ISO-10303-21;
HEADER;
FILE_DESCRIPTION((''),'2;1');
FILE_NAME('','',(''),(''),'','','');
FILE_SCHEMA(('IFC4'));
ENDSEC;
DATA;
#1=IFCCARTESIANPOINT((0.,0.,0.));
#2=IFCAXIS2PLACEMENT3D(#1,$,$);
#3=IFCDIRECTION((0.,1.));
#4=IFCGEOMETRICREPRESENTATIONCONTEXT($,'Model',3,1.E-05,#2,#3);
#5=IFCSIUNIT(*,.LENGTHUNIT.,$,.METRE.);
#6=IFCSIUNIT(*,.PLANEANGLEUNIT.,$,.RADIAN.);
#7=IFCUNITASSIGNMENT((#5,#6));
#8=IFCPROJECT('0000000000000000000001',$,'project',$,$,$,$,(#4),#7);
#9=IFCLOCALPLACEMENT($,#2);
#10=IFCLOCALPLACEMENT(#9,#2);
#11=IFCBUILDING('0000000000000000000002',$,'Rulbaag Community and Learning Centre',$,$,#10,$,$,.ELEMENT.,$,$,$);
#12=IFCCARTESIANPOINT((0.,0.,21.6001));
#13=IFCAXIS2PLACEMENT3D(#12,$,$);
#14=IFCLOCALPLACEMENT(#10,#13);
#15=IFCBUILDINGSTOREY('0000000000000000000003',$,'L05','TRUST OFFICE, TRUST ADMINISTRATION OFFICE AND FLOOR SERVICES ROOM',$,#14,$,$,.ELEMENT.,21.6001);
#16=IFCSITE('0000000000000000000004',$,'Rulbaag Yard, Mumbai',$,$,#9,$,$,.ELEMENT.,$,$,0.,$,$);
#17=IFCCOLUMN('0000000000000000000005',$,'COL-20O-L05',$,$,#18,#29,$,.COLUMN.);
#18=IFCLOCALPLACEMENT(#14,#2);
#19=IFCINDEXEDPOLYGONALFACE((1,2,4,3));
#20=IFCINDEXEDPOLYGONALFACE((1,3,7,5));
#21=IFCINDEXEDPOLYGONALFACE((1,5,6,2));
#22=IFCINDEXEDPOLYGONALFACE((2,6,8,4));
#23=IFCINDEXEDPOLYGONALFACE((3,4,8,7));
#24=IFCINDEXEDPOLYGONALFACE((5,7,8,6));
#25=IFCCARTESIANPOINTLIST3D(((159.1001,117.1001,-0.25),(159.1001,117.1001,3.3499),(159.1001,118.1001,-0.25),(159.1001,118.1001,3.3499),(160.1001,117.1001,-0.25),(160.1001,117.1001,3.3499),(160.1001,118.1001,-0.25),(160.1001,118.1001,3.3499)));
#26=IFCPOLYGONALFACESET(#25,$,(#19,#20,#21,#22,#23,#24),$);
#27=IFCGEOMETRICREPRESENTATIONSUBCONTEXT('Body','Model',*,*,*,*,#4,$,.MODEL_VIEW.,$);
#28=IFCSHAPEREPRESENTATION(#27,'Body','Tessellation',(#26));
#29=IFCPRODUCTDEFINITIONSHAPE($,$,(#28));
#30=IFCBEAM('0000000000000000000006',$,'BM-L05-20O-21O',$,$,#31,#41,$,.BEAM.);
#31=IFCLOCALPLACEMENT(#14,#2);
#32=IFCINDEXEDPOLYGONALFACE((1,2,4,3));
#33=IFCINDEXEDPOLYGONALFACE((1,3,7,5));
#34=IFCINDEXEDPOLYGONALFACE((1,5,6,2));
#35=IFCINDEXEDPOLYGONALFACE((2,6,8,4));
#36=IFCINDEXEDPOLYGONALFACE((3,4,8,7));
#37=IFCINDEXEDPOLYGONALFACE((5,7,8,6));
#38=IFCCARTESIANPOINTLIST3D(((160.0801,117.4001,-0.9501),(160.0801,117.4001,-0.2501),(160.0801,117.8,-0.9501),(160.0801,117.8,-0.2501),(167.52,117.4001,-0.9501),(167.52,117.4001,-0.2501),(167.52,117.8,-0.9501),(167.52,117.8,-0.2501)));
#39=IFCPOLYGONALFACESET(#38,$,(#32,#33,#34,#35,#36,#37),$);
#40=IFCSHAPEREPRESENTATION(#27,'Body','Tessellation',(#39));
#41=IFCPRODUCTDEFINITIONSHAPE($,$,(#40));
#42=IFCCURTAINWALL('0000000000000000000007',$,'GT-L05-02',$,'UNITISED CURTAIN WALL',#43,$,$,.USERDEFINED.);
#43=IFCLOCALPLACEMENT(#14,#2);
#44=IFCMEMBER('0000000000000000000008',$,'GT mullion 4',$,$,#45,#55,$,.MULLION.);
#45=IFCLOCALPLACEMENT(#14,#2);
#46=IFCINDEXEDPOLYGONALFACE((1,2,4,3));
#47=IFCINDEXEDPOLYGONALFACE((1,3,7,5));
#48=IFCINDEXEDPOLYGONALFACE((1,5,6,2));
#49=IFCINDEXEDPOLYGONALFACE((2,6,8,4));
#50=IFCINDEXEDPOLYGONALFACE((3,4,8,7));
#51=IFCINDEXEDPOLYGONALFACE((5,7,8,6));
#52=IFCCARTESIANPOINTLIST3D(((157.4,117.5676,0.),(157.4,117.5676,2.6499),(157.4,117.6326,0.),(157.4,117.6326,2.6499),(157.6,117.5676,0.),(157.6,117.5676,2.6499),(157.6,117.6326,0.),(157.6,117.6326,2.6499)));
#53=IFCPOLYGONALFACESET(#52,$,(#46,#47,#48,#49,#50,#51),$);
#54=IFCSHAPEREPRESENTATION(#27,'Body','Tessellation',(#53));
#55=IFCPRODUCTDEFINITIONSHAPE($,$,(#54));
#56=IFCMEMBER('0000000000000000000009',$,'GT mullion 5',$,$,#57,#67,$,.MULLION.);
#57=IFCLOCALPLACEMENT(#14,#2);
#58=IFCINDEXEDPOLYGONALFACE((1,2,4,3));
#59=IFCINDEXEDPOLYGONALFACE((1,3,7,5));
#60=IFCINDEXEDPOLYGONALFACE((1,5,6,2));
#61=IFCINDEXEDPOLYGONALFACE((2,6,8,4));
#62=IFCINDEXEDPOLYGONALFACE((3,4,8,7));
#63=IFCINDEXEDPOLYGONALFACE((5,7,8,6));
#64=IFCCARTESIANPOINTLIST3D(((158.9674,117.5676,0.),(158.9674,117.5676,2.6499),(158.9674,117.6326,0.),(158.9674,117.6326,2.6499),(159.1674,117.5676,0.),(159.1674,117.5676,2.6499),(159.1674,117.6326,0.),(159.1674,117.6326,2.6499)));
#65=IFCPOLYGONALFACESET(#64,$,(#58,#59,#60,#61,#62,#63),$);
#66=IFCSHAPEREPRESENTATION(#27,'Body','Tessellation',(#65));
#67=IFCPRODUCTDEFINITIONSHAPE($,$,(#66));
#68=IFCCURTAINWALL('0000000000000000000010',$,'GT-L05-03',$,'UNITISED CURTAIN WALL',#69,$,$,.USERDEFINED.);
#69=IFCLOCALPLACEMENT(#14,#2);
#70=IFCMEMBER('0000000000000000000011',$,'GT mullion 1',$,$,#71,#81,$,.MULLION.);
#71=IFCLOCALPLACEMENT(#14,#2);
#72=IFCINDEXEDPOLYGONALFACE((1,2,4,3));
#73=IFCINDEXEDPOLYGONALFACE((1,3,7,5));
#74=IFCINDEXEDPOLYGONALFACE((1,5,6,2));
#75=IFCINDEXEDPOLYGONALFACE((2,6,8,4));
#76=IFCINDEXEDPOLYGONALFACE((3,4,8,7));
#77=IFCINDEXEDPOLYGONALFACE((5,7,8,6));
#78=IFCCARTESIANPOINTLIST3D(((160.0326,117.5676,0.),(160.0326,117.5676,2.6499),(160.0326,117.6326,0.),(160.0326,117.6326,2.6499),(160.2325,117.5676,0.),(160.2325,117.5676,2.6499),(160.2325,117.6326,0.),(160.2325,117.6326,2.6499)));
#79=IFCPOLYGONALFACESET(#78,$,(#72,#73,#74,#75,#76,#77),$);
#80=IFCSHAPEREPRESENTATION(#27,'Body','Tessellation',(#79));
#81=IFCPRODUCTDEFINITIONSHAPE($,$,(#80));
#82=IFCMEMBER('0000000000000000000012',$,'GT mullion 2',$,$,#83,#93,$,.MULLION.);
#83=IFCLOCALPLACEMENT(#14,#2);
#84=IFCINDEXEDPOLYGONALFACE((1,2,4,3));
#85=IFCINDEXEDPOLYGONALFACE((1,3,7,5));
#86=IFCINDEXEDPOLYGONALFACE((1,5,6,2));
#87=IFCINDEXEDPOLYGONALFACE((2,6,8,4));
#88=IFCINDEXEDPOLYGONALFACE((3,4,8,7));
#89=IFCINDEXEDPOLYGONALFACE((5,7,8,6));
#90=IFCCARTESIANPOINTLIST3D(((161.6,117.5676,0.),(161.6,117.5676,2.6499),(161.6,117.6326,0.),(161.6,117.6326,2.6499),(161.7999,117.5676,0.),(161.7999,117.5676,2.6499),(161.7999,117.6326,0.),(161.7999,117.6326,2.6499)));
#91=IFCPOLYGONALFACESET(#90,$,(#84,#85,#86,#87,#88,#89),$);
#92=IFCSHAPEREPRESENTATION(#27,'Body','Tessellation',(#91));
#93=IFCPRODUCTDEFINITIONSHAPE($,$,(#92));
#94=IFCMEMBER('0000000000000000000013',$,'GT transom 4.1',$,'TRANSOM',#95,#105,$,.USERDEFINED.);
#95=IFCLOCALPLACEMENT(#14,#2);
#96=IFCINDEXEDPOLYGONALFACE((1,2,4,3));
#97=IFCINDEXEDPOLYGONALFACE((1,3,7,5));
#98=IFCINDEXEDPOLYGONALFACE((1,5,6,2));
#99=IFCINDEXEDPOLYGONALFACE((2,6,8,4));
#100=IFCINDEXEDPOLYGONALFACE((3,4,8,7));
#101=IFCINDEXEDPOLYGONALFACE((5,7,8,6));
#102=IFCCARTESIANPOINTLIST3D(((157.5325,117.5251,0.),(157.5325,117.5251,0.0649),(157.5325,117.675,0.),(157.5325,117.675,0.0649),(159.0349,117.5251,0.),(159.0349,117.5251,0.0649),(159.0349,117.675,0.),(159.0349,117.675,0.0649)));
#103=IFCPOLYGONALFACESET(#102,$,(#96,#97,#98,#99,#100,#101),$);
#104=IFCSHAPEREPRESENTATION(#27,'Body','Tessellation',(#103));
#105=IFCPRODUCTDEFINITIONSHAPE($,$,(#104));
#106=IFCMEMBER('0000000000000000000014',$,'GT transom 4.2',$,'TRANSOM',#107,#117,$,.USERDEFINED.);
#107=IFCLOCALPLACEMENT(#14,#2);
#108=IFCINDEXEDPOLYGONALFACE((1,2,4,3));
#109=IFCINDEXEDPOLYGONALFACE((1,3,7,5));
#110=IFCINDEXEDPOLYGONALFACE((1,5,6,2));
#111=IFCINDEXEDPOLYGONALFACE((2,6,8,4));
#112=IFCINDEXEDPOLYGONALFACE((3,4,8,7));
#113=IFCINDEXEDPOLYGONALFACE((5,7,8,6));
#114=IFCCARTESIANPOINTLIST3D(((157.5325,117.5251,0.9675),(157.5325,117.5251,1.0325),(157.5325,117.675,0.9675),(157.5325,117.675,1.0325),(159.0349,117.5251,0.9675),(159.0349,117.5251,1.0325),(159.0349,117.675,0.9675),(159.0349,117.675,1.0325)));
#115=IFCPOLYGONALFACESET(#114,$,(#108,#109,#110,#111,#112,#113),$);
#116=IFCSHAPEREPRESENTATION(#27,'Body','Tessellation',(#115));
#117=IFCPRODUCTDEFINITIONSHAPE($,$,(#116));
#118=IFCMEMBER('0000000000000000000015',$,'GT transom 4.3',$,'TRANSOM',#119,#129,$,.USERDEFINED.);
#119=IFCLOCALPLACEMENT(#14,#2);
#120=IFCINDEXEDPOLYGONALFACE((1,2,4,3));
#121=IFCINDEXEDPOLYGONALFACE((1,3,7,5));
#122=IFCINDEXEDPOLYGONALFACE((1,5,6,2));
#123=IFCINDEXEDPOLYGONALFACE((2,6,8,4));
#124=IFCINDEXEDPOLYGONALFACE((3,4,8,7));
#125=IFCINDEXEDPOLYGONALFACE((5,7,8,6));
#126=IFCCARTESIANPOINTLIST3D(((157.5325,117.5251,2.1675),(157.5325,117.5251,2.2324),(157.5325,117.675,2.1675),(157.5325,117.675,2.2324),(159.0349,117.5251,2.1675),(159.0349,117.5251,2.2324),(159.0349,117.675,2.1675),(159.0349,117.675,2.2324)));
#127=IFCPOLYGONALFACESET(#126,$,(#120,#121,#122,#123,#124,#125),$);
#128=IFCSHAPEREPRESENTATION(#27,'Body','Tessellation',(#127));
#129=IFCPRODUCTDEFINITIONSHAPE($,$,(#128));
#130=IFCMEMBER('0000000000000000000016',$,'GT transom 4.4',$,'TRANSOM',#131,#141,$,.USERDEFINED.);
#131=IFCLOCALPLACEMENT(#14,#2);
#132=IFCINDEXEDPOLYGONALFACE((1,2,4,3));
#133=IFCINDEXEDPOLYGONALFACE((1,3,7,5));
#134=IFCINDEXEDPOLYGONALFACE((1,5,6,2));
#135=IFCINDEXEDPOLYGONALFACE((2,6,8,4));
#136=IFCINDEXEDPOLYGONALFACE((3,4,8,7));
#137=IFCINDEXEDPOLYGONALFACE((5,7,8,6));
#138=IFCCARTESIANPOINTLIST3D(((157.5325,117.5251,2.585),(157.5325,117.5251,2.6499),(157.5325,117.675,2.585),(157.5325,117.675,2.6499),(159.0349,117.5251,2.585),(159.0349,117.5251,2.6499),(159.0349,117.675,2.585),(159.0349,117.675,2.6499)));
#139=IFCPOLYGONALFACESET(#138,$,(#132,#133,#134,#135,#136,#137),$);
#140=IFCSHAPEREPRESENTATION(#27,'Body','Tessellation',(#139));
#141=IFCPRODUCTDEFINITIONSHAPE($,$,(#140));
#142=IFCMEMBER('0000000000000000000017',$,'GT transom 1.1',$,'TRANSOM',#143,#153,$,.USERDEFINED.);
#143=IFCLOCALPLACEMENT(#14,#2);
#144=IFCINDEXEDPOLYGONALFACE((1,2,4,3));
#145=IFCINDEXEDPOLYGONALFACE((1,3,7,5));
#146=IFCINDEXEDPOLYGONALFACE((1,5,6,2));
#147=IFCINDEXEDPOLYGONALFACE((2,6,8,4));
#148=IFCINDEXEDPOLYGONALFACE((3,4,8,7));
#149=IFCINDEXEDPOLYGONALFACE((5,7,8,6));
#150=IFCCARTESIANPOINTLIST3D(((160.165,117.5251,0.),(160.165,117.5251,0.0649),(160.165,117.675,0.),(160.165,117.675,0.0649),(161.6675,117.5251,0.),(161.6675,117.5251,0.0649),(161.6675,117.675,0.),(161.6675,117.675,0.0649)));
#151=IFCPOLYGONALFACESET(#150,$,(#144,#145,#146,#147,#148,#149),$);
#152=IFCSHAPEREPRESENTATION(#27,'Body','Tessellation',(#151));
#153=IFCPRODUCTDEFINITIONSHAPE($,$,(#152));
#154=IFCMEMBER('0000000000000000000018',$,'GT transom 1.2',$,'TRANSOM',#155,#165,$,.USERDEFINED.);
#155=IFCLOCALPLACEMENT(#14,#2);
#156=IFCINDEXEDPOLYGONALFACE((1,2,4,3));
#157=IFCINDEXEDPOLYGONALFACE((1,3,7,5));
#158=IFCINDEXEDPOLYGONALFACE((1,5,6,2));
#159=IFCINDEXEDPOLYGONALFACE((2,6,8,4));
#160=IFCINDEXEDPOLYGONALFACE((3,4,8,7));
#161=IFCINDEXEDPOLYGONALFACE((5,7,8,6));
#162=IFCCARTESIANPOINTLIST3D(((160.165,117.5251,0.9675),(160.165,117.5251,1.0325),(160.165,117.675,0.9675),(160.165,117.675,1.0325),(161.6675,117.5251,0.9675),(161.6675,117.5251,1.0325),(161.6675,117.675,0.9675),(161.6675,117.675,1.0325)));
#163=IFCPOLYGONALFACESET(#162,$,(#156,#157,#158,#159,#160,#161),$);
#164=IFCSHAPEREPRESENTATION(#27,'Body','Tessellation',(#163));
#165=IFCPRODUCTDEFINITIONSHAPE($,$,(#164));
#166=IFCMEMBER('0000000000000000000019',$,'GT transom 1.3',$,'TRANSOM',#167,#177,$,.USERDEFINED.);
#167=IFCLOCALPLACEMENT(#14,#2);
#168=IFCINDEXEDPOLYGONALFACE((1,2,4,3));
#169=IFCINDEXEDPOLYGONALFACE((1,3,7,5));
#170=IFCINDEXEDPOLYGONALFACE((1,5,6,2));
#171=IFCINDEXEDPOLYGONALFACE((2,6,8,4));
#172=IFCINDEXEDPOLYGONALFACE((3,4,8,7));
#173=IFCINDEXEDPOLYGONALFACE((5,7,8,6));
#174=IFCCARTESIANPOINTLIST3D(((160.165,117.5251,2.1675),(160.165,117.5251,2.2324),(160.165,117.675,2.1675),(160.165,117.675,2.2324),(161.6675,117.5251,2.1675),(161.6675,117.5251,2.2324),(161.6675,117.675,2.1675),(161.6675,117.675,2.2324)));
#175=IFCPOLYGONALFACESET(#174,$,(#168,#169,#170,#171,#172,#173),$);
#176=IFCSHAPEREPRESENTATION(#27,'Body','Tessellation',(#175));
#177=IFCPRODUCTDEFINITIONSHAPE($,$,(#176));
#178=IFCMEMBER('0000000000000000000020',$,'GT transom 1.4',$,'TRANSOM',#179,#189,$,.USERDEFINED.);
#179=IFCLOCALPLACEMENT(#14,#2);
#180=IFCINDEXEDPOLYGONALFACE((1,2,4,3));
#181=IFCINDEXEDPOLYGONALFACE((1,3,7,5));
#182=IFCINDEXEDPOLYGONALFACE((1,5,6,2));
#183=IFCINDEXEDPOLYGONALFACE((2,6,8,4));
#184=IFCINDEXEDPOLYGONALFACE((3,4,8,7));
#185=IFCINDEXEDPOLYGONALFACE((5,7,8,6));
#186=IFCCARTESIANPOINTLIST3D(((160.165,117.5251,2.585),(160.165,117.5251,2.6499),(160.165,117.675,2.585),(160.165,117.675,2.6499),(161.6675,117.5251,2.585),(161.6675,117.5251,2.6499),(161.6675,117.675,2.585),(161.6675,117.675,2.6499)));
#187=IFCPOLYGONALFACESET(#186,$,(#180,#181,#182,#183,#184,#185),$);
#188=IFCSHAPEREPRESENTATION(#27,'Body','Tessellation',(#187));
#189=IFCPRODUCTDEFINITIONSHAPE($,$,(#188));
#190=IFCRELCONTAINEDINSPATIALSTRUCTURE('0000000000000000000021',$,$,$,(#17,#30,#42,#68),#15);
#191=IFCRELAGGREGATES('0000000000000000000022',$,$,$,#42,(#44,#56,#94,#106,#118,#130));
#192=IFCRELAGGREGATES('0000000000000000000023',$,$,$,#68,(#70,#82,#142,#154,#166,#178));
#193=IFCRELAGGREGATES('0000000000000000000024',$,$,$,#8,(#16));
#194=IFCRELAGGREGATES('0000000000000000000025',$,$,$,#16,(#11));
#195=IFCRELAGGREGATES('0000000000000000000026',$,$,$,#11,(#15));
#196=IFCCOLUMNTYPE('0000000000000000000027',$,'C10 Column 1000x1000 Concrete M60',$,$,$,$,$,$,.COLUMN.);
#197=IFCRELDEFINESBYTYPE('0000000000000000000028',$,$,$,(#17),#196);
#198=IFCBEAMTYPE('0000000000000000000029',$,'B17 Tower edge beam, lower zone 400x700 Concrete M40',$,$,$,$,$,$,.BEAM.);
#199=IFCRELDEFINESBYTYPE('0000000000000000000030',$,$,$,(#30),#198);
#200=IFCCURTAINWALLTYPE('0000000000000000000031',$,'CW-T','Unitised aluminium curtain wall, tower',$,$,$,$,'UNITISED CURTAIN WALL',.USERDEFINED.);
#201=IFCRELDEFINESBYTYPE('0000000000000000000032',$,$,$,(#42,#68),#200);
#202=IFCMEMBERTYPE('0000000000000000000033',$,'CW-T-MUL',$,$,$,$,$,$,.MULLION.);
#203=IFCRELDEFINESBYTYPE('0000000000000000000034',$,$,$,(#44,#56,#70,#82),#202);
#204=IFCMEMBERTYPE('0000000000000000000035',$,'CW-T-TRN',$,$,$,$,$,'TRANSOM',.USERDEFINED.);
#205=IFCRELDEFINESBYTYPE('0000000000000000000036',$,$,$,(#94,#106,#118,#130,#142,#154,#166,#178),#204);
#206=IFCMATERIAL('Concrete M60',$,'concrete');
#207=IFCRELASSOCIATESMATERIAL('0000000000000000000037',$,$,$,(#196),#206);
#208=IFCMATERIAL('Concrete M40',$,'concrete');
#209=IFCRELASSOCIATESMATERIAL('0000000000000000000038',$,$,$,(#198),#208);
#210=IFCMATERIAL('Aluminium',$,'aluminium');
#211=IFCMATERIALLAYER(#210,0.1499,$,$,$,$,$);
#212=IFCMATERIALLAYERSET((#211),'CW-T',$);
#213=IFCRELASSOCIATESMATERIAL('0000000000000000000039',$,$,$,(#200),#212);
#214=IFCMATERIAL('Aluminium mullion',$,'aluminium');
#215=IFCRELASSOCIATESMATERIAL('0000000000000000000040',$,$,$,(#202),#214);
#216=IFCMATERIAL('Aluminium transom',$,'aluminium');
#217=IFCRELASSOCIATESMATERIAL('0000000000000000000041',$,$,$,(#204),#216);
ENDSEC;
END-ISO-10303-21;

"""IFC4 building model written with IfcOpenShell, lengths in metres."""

from ifc_helpers import new_model, si_unit, direction, frame, origin, origin_2d, place, context, subcontext, project, spatial, rectangle, extrude, material, layer, layer_set, material_profile, profile_set, type_object, element, aggregate, save


model = new_model("IFC4")

# Units and contexts
model_context = context("Model", 3, precision=1e-05, world=origin(), true_north=direction((0.0, 1.0)))
body_context = subcontext(model_context, "Body", "Model", "MODEL_VIEW")
ifc_project = project(units=[si_unit("LENGTHUNIT", "METRE"), si_unit("PLANEANGLEUNIT", "RADIAN")], contexts=[model_context])

# Site, building, storey
site_placement = place(None, origin())
site = spatial("IfcSite", under=ifc_project, at=site_placement, Name="Rulbaag Yard, Mumbai", CompositionType="ELEMENT", RefElevation=0.0)
building_placement = place(site_placement, origin())
building = spatial("IfcBuilding", under=site, at=building_placement, Name="Rulbaag Community and Learning Centre", CompositionType="ELEMENT")
storey_placement = place(building_placement, frame((0.0, 0.0, 21.6001)))
storey = spatial("IfcBuildingStorey", under=building, at=storey_placement, Name="L05", Description="TRUST OFFICE, TRUST ADMINISTRATION OFFICE AND FLOOR SERVICES ROOM", CompositionType="ELEMENT", Elevation=21.6001)

# Column
ifc_material_1 = material(Name="Concrete M60", Category="concrete")
ifc_material_profile_1 = material_profile(ifc_material_1, rectangle(XDim=1.0, YDim=1.0, at=origin_2d()), Name="RC1000x1000")
ifc_profile_set_1 = profile_set([ifc_material_profile_1], Name="Concrete M60")
column_type = type_object("IfcColumnType", Name="C10 Column 1000x1000 Concrete M60", PredefinedType="COLUMN", material=ifc_profile_set_1)
column_placement = place(storey_placement, frame((159.6001, 117.6001, -0.25), z_axis=(0.0, 0.0, 1.0), x_axis=(1.0, 0.0, 0.0)))
element("IfcColumn", 1, at=column_placement, inside=storey, type_object=column_type, Name="COL-20O-L05", PredefinedType="COLUMN", context=body_context, shape_type="SweptSolid", body=[
    extrude(rectangle(XDim=1.0, YDim=1.0, at=origin_2d()), origin(), (0.0, 0.0, 1.0), 3.5999),
])

# Beam
ifc_material_2 = material(Name="Concrete M40", Category="concrete")
ifc_material_profile_2 = material_profile(ifc_material_2, rectangle(XDim=0.3999, YDim=0.7, at=origin_2d()), Name="RB400x700")
ifc_profile_set_2 = profile_set([ifc_material_profile_2], Name="Concrete M40")
beam_type = type_object("IfcBeamType", Name="B17 Tower edge beam, lower zone 400x700 Concrete M40", PredefinedType="BEAM", material=ifc_profile_set_2)
beam_placement = place(storey_placement, frame((160.0801, 117.6001, -0.6001), z_axis=(1.0, 0.0, 0.0), x_axis=(0.0, 1.0, 0.0)))
element("IfcBeam", 2, at=beam_placement, inside=storey, type_object=beam_type, Name="BM-L05-20O-21O", PredefinedType="BEAM", context=body_context, shape_type="SweptSolid", body=[
    extrude(rectangle(XDim=0.3999, YDim=0.7, at=origin_2d()), origin(), (0.0, 0.0, 1.0), 7.4399),
])

# Curtain walls, members
ifc_material_3 = material(Name="Aluminium", Category="aluminium")
ifc_layer_1 = layer(ifc_material_3, 0.1499)
ifc_layer_set_1 = layer_set([ifc_layer_1], Name="CW-T")
curtain_wall_type = type_object("IfcCurtainWallType", Name="CW-T", Description="Unitised aluminium curtain wall, tower", ElementType="UNITISED CURTAIN WALL", PredefinedType="USERDEFINED", material=ifc_layer_set_1)
curtain_wall_1_placement = place(storey_placement, origin())
curtain_wall_1 = element("IfcCurtainWall", 3, at=curtain_wall_1_placement, inside=storey, type_object=curtain_wall_type, Name="GT-L05-02", ObjectType="UNITISED CURTAIN WALL", PredefinedType="USERDEFINED")
ifc_material_4 = material(Name="Aluminium mullion", Category="aluminium")
ifc_material_profile_3 = material_profile(ifc_material_4, rectangle(XDim=0.0649, YDim=0.2, at=origin_2d()), Name="AL 65x200")
ifc_profile_set_3 = profile_set([ifc_material_profile_3], Name="Aluminium mullion")
member_type_1 = type_object("IfcMemberType", Name="CW-T-MUL", PredefinedType="MULLION", material=ifc_profile_set_3)
member_1_placement = place(storey_placement, frame((157.5, 117.6001, 0.0), z_axis=(0.0, 0.0, 1.0), x_axis=(0.0, 1.0, 0.0)))
member_1 = element("IfcMember", 4, at=member_1_placement, type_object=member_type_1, Name="GT mullion 4", PredefinedType="MULLION", context=body_context, shape_type="SweptSolid", body=[
    extrude(rectangle(XDim=0.0649, YDim=0.2, at=origin_2d()), origin(), (0.0, 0.0, 1.0), 2.6499),
])
member_2_placement = place(storey_placement, frame((159.0674, 117.6001, 0.0), z_axis=(0.0, 0.0, 1.0), x_axis=(0.0, 1.0, 0.0)))
member_2 = element("IfcMember", 5, at=member_2_placement, type_object=member_type_1, Name="GT mullion 5", PredefinedType="MULLION", context=body_context, shape_type="SweptSolid", body=[
    extrude(rectangle(XDim=0.0649, YDim=0.2, at=origin_2d()), origin(), (0.0, 0.0, 1.0), 2.6499),
])
curtain_wall_2_placement = place(storey_placement, origin())
curtain_wall_2 = element("IfcCurtainWall", 6, at=curtain_wall_2_placement, inside=storey, type_object=curtain_wall_type, Name="GT-L05-03", ObjectType="UNITISED CURTAIN WALL", PredefinedType="USERDEFINED")
member_3_placement = place(storey_placement, frame((160.1326, 117.6001, 0.0), z_axis=(0.0, 0.0, 1.0), x_axis=(0.0, 1.0, 0.0)))
member_3 = element("IfcMember", 7, at=member_3_placement, type_object=member_type_1, Name="GT mullion 1", PredefinedType="MULLION", context=body_context, shape_type="SweptSolid", body=[
    extrude(rectangle(XDim=0.0649, YDim=0.2, at=origin_2d()), origin(), (0.0, 0.0, 1.0), 2.6499),
])
member_4_placement = place(storey_placement, frame((161.7, 117.6001, 0.0), z_axis=(0.0, 0.0, 1.0), x_axis=(0.0, 1.0, 0.0)))
member_4 = element("IfcMember", 8, at=member_4_placement, type_object=member_type_1, Name="GT mullion 2", PredefinedType="MULLION", context=body_context, shape_type="SweptSolid", body=[
    extrude(rectangle(XDim=0.0649, YDim=0.2, at=origin_2d()), origin(), (0.0, 0.0, 1.0), 2.6499),
])

# Members
ifc_material_5 = material(Name="Aluminium transom", Category="aluminium")
ifc_material_profile_4 = material_profile(ifc_material_5, rectangle(XDim=0.1499, YDim=0.0649, at=origin_2d()), Name="AL 65x150 T")
ifc_profile_set_4 = profile_set([ifc_material_profile_4], Name="Aluminium transom")
member_type_2 = type_object("IfcMemberType", Name="CW-T-TRN", ElementType="TRANSOM", PredefinedType="USERDEFINED", material=ifc_profile_set_4)
member_5_placement = place(storey_placement, frame((157.5325, 117.6001, 0.0325), z_axis=(1.0, 0.0, 0.0), x_axis=(0.0, 1.0, 0.0)))
member_5 = element("IfcMember", 9, at=member_5_placement, type_object=member_type_2, Name="GT transom 4.1", ObjectType="TRANSOM", PredefinedType="USERDEFINED", context=body_context, shape_type="SweptSolid", body=[
    extrude(rectangle(XDim=0.1499, YDim=0.0649, at=origin_2d()), origin(), (0.0, 0.0, 1.0), 1.5024),
])
member_6_placement = place(storey_placement, frame((157.5325, 117.6001, 1.0), z_axis=(1.0, 0.0, 0.0), x_axis=(0.0, 1.0, 0.0)))
member_6 = element("IfcMember", 10, at=member_6_placement, type_object=member_type_2, Name="GT transom 4.2", ObjectType="TRANSOM", PredefinedType="USERDEFINED", context=body_context, shape_type="SweptSolid", body=[
    extrude(rectangle(XDim=0.1499, YDim=0.0649, at=origin_2d()), origin(), (0.0, 0.0, 1.0), 1.5024),
])
member_7_placement = place(storey_placement, frame((157.5325, 117.6001, 2.2), z_axis=(1.0, 0.0, 0.0), x_axis=(0.0, 1.0, 0.0)))
member_7 = element("IfcMember", 11, at=member_7_placement, type_object=member_type_2, Name="GT transom 4.3", ObjectType="TRANSOM", PredefinedType="USERDEFINED", context=body_context, shape_type="SweptSolid", body=[
    extrude(rectangle(XDim=0.1499, YDim=0.0649, at=origin_2d()), origin(), (0.0, 0.0, 1.0), 1.5024),
])
member_8_placement = place(storey_placement, frame((157.5325, 117.6001, 2.6174), z_axis=(1.0, 0.0, 0.0), x_axis=(0.0, 1.0, 0.0)))
member_8 = element("IfcMember", 12, at=member_8_placement, type_object=member_type_2, Name="GT transom 4.4", ObjectType="TRANSOM", PredefinedType="USERDEFINED", context=body_context, shape_type="SweptSolid", body=[
    extrude(rectangle(XDim=0.1499, YDim=0.0649, at=origin_2d()), origin(), (0.0, 0.0, 1.0), 1.5024),
])
member_9_placement = place(storey_placement, frame((160.165, 117.6001, 0.0325), z_axis=(1.0, 0.0, 0.0), x_axis=(0.0, 1.0, 0.0)))
member_9 = element("IfcMember", 13, at=member_9_placement, type_object=member_type_2, Name="GT transom 1.1", ObjectType="TRANSOM", PredefinedType="USERDEFINED", context=body_context, shape_type="SweptSolid", body=[
    extrude(rectangle(XDim=0.1499, YDim=0.0649, at=origin_2d()), origin(), (0.0, 0.0, 1.0), 1.5024),
])
member_10_placement = place(storey_placement, frame((160.165, 117.6001, 1.0), z_axis=(1.0, 0.0, 0.0), x_axis=(0.0, 1.0, 0.0)))
member_10 = element("IfcMember", 14, at=member_10_placement, type_object=member_type_2, Name="GT transom 1.2", ObjectType="TRANSOM", PredefinedType="USERDEFINED", context=body_context, shape_type="SweptSolid", body=[
    extrude(rectangle(XDim=0.1499, YDim=0.0649, at=origin_2d()), origin(), (0.0, 0.0, 1.0), 1.5024),
])
member_11_placement = place(storey_placement, frame((160.165, 117.6001, 2.2), z_axis=(1.0, 0.0, 0.0), x_axis=(0.0, 1.0, 0.0)))
member_11 = element("IfcMember", 15, at=member_11_placement, type_object=member_type_2, Name="GT transom 1.3", ObjectType="TRANSOM", PredefinedType="USERDEFINED", context=body_context, shape_type="SweptSolid", body=[
    extrude(rectangle(XDim=0.1499, YDim=0.0649, at=origin_2d()), origin(), (0.0, 0.0, 1.0), 1.5024),
])
member_12_placement = place(storey_placement, frame((160.165, 117.6001, 2.6174), z_axis=(1.0, 0.0, 0.0), x_axis=(0.0, 1.0, 0.0)))
member_12 = element("IfcMember", 16, at=member_12_placement, type_object=member_type_2, Name="GT transom 1.4", ObjectType="TRANSOM", PredefinedType="USERDEFINED", context=body_context, shape_type="SweptSolid", body=[
    extrude(rectangle(XDim=0.1499, YDim=0.0649, at=origin_2d()), origin(), (0.0, 0.0, 1.0), 1.5024),
])

aggregate(curtain_wall_1, [member_1, member_2, member_5, member_6, member_7, member_8])
aggregate(curtain_wall_2, [member_3, member_4, member_9, member_10, member_11, member_12])

save(model, "model.ifc")
